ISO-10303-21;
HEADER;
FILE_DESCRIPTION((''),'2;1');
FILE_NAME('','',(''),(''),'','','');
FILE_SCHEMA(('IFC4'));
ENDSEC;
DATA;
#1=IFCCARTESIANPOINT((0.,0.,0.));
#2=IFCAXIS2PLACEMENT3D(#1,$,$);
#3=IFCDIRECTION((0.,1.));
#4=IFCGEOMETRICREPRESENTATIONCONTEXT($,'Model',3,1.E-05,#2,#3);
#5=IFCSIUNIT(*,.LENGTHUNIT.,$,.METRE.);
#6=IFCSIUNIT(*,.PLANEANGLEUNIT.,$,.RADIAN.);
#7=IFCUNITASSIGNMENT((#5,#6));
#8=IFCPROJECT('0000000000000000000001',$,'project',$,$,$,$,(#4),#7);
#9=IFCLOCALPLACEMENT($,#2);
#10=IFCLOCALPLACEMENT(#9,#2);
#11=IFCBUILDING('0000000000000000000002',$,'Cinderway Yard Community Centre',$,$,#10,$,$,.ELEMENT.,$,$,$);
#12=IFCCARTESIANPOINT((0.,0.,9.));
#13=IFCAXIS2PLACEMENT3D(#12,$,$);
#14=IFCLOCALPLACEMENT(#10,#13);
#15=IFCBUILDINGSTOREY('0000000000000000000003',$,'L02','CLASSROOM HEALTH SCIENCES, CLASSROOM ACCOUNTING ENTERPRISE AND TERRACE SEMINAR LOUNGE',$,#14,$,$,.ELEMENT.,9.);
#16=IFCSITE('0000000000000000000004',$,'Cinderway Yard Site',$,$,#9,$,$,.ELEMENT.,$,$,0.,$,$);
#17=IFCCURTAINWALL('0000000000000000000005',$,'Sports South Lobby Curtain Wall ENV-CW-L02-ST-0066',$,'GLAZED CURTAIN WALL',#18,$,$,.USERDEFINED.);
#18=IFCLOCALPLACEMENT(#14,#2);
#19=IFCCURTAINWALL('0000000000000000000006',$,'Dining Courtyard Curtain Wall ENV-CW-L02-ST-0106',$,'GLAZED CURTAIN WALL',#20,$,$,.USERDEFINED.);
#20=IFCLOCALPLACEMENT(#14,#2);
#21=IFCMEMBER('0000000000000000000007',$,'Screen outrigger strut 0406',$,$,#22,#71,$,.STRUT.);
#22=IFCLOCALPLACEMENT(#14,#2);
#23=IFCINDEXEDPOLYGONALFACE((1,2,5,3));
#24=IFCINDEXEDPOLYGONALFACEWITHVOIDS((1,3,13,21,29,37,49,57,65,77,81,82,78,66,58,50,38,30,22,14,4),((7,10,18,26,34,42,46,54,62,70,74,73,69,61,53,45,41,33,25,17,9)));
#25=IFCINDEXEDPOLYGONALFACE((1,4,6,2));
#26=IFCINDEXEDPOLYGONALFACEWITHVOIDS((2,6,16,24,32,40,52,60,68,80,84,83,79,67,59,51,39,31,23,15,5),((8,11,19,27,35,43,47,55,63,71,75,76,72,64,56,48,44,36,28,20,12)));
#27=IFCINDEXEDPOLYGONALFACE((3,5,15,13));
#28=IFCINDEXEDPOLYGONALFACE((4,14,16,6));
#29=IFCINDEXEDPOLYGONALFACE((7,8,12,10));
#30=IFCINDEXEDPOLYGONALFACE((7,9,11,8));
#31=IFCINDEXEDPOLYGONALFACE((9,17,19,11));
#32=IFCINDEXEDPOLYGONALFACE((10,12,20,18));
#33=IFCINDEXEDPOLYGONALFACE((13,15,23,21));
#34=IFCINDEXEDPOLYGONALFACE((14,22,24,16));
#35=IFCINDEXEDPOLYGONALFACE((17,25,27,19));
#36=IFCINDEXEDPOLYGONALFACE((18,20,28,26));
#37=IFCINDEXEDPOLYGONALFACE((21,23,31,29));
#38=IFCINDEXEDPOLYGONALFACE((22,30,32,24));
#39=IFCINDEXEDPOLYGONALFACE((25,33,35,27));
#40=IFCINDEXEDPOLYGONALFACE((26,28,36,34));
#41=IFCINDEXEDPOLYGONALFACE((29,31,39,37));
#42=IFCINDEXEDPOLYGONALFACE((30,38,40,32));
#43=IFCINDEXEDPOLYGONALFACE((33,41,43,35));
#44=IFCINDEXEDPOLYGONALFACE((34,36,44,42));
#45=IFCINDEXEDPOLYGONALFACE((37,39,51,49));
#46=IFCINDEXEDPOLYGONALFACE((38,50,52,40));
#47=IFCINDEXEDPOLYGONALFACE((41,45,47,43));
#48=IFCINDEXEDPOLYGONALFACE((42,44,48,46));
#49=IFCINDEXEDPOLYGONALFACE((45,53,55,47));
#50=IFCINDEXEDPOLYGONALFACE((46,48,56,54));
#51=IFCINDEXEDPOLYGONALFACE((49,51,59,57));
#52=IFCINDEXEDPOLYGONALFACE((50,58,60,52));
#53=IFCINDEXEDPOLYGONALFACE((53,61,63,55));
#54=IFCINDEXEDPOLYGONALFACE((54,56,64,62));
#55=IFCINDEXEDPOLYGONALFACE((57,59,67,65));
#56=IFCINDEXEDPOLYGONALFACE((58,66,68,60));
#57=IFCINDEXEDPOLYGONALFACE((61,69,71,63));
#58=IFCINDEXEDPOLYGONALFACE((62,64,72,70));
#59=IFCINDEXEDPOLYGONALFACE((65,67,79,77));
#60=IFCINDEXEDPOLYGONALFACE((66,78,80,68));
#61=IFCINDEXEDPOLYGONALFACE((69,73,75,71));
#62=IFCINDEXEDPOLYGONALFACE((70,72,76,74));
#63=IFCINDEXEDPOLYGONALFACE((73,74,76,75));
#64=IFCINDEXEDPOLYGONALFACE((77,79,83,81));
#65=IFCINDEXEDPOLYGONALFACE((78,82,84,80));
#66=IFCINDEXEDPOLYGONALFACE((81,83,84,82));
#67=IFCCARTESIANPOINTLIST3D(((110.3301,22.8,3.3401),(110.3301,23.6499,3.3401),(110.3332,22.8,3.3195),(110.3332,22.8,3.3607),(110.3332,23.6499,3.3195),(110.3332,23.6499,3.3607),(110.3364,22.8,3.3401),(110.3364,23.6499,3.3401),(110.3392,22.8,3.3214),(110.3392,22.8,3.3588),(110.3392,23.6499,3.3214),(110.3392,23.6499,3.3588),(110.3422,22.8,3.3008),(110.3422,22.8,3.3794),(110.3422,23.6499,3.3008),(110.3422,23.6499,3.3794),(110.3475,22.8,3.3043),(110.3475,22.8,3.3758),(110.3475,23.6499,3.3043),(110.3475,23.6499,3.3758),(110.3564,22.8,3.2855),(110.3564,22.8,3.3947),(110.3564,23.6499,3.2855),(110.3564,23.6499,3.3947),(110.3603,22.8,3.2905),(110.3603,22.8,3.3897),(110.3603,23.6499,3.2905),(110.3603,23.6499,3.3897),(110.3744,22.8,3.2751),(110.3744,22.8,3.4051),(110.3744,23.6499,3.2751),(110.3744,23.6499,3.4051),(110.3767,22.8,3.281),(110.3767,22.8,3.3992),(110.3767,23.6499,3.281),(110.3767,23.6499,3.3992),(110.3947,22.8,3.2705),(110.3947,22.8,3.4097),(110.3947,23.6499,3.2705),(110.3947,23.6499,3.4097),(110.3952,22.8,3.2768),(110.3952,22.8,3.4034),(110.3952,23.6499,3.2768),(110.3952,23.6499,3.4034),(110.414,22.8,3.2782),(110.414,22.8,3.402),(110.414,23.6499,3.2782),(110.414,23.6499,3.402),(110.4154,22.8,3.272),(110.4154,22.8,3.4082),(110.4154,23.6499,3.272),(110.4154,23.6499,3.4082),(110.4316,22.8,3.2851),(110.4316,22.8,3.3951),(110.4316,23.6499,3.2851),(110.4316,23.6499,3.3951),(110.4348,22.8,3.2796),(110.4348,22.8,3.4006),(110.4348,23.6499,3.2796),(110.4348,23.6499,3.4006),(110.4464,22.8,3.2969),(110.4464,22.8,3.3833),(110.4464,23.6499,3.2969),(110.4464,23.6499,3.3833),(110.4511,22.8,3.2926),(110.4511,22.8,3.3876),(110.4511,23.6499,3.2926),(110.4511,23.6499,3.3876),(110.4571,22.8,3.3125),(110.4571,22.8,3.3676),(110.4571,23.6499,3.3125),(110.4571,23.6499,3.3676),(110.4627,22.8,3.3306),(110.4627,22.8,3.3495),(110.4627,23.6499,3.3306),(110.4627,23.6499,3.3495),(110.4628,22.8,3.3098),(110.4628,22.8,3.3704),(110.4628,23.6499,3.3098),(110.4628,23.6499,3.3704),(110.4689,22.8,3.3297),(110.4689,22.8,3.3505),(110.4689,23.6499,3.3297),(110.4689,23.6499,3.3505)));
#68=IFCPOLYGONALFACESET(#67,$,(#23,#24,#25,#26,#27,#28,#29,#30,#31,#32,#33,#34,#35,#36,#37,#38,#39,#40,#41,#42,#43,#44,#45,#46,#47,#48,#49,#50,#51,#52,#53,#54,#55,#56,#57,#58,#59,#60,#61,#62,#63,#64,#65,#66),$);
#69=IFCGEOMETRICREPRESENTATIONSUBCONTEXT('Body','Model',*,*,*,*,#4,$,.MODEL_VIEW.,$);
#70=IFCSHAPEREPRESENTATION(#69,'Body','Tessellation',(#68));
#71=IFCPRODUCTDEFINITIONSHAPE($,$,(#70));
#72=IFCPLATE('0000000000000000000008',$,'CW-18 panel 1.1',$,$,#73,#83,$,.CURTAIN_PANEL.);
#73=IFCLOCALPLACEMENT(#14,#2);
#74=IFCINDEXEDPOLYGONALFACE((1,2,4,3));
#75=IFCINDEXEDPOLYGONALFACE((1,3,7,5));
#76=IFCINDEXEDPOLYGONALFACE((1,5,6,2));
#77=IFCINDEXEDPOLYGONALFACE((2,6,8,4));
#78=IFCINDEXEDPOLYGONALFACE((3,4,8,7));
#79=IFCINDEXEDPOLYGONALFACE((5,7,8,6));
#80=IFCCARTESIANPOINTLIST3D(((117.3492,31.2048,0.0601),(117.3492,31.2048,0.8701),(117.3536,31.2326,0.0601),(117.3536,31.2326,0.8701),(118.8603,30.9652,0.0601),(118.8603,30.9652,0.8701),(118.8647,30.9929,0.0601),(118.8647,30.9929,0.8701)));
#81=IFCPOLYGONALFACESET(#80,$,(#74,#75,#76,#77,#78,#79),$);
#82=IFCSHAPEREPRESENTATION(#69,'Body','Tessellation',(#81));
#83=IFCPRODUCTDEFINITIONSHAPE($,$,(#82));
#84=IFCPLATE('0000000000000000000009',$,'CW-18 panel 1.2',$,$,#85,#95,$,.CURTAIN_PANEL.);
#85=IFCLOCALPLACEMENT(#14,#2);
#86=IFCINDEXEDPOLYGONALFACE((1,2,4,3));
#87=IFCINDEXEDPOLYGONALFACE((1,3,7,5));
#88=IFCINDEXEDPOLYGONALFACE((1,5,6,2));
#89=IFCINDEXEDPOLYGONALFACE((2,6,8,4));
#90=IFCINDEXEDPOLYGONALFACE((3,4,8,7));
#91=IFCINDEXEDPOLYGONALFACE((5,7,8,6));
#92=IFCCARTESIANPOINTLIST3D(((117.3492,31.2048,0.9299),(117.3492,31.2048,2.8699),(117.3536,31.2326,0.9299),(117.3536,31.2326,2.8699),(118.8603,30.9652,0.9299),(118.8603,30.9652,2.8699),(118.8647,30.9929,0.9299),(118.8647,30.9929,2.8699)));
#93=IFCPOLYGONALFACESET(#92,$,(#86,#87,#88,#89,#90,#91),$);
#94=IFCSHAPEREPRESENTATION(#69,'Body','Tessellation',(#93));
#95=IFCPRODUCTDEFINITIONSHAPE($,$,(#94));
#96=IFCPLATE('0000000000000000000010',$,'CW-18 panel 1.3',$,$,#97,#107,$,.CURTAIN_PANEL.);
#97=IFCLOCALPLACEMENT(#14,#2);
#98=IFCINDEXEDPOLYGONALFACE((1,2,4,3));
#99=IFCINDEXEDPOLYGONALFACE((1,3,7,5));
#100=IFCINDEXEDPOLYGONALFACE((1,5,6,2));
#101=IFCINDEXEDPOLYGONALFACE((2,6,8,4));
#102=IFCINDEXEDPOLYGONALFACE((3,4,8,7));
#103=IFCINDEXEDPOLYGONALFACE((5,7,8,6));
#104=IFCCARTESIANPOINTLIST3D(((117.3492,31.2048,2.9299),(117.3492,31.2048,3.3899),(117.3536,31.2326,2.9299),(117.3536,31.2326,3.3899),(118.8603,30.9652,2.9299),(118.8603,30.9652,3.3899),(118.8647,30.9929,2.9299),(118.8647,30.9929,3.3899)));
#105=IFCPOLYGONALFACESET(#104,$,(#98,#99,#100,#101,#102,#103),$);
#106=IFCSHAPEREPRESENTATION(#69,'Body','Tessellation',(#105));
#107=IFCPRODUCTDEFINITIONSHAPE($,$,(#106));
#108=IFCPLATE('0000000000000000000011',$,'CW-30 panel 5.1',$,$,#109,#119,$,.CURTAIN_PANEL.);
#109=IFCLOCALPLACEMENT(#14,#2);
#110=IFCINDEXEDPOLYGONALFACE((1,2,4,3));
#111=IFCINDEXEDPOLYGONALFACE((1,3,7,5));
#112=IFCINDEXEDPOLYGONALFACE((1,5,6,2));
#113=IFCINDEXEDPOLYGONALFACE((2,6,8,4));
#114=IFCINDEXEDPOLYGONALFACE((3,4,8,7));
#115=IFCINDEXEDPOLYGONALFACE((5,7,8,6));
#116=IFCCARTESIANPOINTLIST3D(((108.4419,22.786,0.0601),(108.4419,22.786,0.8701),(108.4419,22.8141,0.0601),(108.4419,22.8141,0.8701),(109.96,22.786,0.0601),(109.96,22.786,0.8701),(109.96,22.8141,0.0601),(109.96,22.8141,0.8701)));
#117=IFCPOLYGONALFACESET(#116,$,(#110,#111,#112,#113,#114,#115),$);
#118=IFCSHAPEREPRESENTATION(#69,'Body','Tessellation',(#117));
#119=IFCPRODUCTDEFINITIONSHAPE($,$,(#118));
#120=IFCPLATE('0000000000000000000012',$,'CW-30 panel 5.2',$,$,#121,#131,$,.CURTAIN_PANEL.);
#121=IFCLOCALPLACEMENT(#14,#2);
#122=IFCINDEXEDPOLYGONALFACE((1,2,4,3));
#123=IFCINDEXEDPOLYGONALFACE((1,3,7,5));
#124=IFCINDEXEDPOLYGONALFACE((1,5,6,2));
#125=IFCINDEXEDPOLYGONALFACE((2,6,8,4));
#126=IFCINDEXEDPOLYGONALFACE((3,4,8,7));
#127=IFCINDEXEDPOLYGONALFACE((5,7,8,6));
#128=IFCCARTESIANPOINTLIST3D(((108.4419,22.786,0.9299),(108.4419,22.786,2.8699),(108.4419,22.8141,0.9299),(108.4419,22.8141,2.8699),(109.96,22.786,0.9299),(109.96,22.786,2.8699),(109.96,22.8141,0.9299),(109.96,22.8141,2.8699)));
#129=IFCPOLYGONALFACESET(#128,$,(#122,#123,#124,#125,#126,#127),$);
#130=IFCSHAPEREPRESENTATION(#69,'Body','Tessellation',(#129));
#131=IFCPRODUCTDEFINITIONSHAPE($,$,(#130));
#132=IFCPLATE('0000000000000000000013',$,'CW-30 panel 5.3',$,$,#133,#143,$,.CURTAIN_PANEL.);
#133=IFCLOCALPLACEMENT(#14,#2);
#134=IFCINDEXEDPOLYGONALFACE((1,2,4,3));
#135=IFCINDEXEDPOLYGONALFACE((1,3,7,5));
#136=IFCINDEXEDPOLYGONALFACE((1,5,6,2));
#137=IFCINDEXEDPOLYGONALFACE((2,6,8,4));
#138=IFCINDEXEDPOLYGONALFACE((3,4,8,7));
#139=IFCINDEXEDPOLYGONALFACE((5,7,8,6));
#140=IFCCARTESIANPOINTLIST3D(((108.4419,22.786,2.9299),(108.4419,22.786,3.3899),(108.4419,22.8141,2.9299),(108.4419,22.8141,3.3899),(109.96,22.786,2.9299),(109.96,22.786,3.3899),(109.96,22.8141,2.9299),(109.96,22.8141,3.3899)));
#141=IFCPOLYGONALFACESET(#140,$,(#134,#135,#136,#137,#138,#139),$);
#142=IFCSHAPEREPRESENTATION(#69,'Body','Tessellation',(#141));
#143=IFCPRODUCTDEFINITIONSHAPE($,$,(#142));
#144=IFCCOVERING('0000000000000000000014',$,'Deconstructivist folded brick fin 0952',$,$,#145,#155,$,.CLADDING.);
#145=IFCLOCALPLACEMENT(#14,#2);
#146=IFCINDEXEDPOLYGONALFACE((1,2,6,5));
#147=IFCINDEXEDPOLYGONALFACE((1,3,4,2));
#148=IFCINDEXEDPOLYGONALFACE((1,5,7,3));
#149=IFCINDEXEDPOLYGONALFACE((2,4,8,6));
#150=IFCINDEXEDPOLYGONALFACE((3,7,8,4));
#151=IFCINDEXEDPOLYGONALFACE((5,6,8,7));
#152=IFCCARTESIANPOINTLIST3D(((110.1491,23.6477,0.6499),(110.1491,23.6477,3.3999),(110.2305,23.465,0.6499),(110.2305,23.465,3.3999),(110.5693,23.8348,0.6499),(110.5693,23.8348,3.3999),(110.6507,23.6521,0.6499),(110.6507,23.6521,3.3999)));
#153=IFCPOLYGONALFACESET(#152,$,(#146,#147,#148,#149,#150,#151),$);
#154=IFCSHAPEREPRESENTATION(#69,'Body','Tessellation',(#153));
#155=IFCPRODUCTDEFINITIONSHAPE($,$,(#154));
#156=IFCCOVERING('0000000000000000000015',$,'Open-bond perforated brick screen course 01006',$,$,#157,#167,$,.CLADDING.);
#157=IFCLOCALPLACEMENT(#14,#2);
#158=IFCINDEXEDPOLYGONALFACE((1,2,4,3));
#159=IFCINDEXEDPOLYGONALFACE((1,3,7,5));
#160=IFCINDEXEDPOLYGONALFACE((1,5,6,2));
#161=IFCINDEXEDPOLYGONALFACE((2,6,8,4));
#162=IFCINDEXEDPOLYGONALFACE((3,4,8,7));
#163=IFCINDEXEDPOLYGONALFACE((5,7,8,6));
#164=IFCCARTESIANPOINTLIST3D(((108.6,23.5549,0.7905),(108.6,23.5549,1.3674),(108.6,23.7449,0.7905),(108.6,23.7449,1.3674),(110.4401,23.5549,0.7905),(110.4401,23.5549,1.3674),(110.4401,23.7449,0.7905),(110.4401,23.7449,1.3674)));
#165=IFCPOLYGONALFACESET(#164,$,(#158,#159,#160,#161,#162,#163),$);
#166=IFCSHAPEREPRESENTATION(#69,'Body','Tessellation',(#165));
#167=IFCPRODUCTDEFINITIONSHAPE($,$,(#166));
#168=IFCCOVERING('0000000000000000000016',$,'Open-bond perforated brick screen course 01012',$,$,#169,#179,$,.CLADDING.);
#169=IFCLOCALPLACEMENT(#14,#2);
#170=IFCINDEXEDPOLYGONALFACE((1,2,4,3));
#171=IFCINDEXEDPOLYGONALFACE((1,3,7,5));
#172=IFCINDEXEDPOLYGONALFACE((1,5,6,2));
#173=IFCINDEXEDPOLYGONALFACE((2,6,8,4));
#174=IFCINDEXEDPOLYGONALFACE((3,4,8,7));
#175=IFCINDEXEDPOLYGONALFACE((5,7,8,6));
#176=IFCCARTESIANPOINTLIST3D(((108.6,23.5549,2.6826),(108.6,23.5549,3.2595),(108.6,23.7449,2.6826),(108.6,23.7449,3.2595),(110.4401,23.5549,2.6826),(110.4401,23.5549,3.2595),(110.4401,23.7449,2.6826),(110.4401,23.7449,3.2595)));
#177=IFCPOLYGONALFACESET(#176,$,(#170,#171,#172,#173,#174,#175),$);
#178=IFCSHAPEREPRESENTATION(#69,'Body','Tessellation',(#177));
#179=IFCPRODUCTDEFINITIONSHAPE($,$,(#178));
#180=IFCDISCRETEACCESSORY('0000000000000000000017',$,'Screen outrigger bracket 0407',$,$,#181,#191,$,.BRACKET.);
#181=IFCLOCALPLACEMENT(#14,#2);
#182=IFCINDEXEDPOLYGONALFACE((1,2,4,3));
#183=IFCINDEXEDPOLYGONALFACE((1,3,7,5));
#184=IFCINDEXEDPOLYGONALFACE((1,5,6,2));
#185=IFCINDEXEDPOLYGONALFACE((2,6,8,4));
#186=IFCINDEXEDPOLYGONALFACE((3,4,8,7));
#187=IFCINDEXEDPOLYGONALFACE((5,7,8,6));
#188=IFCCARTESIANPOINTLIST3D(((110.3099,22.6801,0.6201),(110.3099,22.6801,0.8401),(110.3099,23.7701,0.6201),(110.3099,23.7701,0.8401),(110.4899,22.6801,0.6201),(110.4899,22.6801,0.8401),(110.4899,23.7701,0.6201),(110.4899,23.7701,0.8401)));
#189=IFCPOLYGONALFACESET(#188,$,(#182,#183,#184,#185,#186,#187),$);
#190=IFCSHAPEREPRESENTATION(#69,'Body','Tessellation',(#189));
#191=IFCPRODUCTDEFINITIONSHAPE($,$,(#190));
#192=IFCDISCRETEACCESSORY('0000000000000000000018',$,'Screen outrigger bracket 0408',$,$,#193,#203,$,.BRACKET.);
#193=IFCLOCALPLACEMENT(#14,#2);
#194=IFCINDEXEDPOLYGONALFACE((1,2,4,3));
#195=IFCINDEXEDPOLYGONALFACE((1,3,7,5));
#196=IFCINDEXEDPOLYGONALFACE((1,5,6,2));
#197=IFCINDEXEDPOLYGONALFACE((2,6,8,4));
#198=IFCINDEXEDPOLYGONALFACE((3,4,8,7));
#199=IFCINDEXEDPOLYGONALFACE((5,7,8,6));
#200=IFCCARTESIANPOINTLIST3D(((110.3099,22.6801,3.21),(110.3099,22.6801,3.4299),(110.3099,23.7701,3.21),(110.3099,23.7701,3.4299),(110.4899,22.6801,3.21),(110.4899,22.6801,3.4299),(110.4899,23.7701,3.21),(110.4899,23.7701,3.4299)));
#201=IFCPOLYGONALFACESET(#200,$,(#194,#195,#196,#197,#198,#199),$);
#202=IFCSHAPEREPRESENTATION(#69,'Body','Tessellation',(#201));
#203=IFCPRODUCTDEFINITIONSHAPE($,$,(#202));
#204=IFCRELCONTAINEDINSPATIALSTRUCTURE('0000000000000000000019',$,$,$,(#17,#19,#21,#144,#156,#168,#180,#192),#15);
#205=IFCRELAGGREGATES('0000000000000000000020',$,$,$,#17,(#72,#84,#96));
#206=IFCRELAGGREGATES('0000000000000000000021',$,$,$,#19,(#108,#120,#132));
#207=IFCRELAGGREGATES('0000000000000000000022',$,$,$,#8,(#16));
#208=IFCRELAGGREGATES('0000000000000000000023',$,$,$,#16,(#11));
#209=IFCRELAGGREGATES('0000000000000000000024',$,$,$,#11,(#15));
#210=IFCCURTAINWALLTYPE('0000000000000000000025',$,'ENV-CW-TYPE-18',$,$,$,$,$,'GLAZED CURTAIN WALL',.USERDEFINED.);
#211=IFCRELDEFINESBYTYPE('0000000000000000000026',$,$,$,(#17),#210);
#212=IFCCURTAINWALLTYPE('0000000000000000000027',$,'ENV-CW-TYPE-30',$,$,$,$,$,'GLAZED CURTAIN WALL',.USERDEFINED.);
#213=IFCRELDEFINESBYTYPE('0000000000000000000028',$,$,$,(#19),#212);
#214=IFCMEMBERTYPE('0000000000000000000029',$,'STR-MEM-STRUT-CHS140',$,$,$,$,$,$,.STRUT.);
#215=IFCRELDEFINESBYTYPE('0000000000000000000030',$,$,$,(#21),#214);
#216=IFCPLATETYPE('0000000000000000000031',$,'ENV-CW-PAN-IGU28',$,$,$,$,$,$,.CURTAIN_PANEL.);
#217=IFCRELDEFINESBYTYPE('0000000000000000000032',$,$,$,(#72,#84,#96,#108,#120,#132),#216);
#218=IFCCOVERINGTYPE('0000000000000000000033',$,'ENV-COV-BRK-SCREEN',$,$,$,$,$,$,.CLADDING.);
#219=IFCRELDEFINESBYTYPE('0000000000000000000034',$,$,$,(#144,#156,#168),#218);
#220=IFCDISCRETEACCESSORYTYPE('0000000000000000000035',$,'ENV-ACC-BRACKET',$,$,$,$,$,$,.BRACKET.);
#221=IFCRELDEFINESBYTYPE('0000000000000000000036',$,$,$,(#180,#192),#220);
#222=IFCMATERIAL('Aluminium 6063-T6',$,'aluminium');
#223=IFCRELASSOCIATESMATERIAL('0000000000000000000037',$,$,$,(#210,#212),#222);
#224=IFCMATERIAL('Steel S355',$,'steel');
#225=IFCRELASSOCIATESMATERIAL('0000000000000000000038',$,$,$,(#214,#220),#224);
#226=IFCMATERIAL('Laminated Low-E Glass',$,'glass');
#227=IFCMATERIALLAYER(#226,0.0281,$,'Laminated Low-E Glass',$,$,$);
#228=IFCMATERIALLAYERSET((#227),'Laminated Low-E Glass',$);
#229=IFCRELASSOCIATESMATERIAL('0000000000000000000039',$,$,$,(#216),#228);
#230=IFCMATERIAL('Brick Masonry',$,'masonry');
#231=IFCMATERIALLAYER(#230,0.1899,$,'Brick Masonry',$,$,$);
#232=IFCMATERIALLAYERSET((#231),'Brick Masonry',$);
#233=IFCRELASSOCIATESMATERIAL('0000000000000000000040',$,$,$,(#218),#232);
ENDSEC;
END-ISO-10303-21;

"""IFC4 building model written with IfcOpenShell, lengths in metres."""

from ifc_helpers import new_model, si_unit, direction, frame, origin, origin_2d, place, context, subcontext, project, spatial, rectangle, hollow_circle, extrude, material, layer, layer_set, material_profile, profile_set, type_object, element, aggregate, save


model = new_model("IFC4")

# Units and contexts
model_context = context("Model", 3, precision=1e-05, world=origin(), true_north=direction((0.0, 1.0)))
body_context = subcontext(model_context, "Body", "Model", "MODEL_VIEW")
ifc_project = project(units=[si_unit("LENGTHUNIT", "METRE"), si_unit("PLANEANGLEUNIT", "RADIAN")], contexts=[model_context])

# Site, building, storey
site_placement = place(None, origin())
site = spatial("IfcSite", under=ifc_project, at=site_placement, Name="Cinderway Yard Site", CompositionType="ELEMENT", RefElevation=0.0)
building_placement = place(site_placement, origin())
building = spatial("IfcBuilding", under=site, at=building_placement, Name="Cinderway Yard Community Centre", CompositionType="ELEMENT")
storey_placement = place(building_placement, frame((0.0, 0.0, 9.0)))
storey = spatial("IfcBuildingStorey", under=building, at=storey_placement, Name="L02", Description="CLASSROOM HEALTH SCIENCES, CLASSROOM ACCOUNTING ENTERPRISE AND TERRACE SEMINAR LOUNGE", CompositionType="ELEMENT", Elevation=9.0)

# Curtain wall
ifc_material_1 = material(Name="Aluminium 6063-T6", Category="aluminium")
curtain_wall_type_1 = type_object("IfcCurtainWallType", Name="ENV-CW-TYPE-18", ElementType="GLAZED CURTAIN WALL", PredefinedType="USERDEFINED", material=ifc_material_1)
curtain_wall_1_placement = place(storey_placement, origin())
curtain_wall_1 = element("IfcCurtainWall", 1, at=curtain_wall_1_placement, inside=storey, type_object=curtain_wall_type_1, Name="Sports South Lobby Curtain Wall ENV-CW-L02-ST-0066", ObjectType="GLAZED CURTAIN WALL", PredefinedType="USERDEFINED")

# Curtain wall
curtain_wall_type_2 = type_object("IfcCurtainWallType", Name="ENV-CW-TYPE-30", ElementType="GLAZED CURTAIN WALL", PredefinedType="USERDEFINED", material=ifc_material_1)
curtain_wall_2_placement = place(storey_placement, origin())
curtain_wall_2 = element("IfcCurtainWall", 2, at=curtain_wall_2_placement, inside=storey, type_object=curtain_wall_type_2, Name="Dining Courtyard Curtain Wall ENV-CW-L02-ST-0106", ObjectType="GLAZED CURTAIN WALL", PredefinedType="USERDEFINED")

# Shared definitions
ifc_material_2 = material(Name="Steel S355", Category="steel")

# Member
ifc_material_profile_1 = material_profile(ifc_material_2, hollow_circle(Radius=0.0698, WallThickness=0.0063, at=origin_2d()), Name="Steel S355")
ifc_profile_set_1 = profile_set([ifc_material_profile_1], Name="Steel S355")
member_type_1 = type_object("IfcMemberType", Name="STR-MEM-STRUT-CHS140", PredefinedType="STRUT", material=ifc_profile_set_1)
for number, where, z_axis, x_axis, name in (
    (3, (110.3999, 22.8, 3.3401), (0.0, 1.0, 0.0), (-1.0, 0.0, 0.0), "Screen outrigger strut 0406"),
):
    element("IfcMember", number, at=place(storey_placement, frame(where, z_axis=z_axis, x_axis=x_axis)), inside=storey, type_object=member_type_1, Name=name, PredefinedType="STRUT", context=body_context, shape_type="SweptSolid", body=[
        extrude(hollow_circle(Radius=0.0698, WallThickness=0.0063, at=origin_2d()), origin(), (0.0, 0.0, 1.0), 0.8499),
    ])

# Plates
ifc_material_3 = material(Name="Laminated Low-E Glass", Category="glass")
ifc_layer_1 = layer(ifc_material_3, 0.0281, Name="Laminated Low-E Glass")
ifc_layer_set_1 = layer_set([ifc_layer_1], Name="Laminated Low-E Glass")
plate_type = type_object("IfcPlateType", Name="ENV-CW-PAN-IGU28", PredefinedType="CURTAIN_PANEL", material=ifc_layer_set_1)
plate_1_placement = place(storey_placement, frame((118.1069, 31.0989, 0.0601), z_axis=(0.0, 0.0, 1.0), x_axis=(0.987656, -0.156636, 0.0)))
plate_1 = element("IfcPlate", 4, at=plate_1_placement, type_object=plate_type, Name="CW-18 panel 1.1", PredefinedType="CURTAIN_PANEL", context=body_context, shape_type="SweptSolid", body=[
    extrude(rectangle(XDim=1.53, YDim=0.0281, at=origin_2d()), origin(), (0.0, 0.0, 1.0), 0.8101),
])
plate_2_placement = place(storey_placement, frame((118.1069, 31.0989, 0.9299), z_axis=(0.0, 0.0, 1.0), x_axis=(0.987656, -0.156636, 0.0)))
plate_2 = element("IfcPlate", 5, at=plate_2_placement, type_object=plate_type, Name="CW-18 panel 1.2", PredefinedType="CURTAIN_PANEL", context=body_context, shape_type="SweptSolid", body=[
    extrude(rectangle(XDim=1.53, YDim=0.0281, at=origin_2d()), origin(), (0.0, 0.0, 1.0), 1.9399),
])
plate_3_placement = place(storey_placement, frame((118.1069, 31.0989, 2.9299), z_axis=(0.0, 0.0, 1.0), x_axis=(0.987656, -0.156636, 0.0)))
plate_3 = element("IfcPlate", 6, at=plate_3_placement, type_object=plate_type, Name="CW-18 panel 1.3", PredefinedType="CURTAIN_PANEL", context=body_context, shape_type="SweptSolid", body=[
    extrude(rectangle(XDim=1.53, YDim=0.0281, at=origin_2d()), origin(), (0.0, 0.0, 1.0), 0.46),
])
aggregate(curtain_wall_1, [plate_1, plate_2, plate_3])
plate_4_placement = place(storey_placement, frame((109.2009, 22.8, 0.0601), z_axis=(0.0, 0.0, 1.0), x_axis=(1.0, 0.0, 0.0)))
plate_4 = element("IfcPlate", 7, at=plate_4_placement, type_object=plate_type, Name="CW-30 panel 5.1", PredefinedType="CURTAIN_PANEL", context=body_context, shape_type="SweptSolid", body=[
    extrude(rectangle(XDim=1.5181, YDim=0.0281, at=origin_2d()), origin(), (0.0, 0.0, 1.0), 0.8101),
])
plate_5_placement = place(storey_placement, frame((109.2009, 22.8, 0.9299), z_axis=(0.0, 0.0, 1.0), x_axis=(1.0, 0.0, 0.0)))
plate_5 = element("IfcPlate", 8, at=plate_5_placement, type_object=plate_type, Name="CW-30 panel 5.2", PredefinedType="CURTAIN_PANEL", context=body_context, shape_type="SweptSolid", body=[
    extrude(rectangle(XDim=1.5181, YDim=0.0281, at=origin_2d()), origin(), (0.0, 0.0, 1.0), 1.9399),
])
plate_6_placement = place(storey_placement, frame((109.2009, 22.8, 2.9299), z_axis=(0.0, 0.0, 1.0), x_axis=(1.0, 0.0, 0.0)))
plate_6 = element("IfcPlate", 9, at=plate_6_placement, type_object=plate_type, Name="CW-30 panel 5.3", PredefinedType="CURTAIN_PANEL", context=body_context, shape_type="SweptSolid", body=[
    extrude(rectangle(XDim=1.5181, YDim=0.0281, at=origin_2d()), origin(), (0.0, 0.0, 1.0), 0.46),
])
aggregate(curtain_wall_2, [plate_4, plate_5, plate_6])

# Coverings
ifc_material_4 = material(Name="Brick Masonry", Category="masonry")
ifc_layer_2 = layer(ifc_material_4, 0.1899, Name="Brick Masonry")
ifc_layer_set_2 = layer_set([ifc_layer_2], Name="Brick Masonry")
covering_type = type_object("IfcCoveringType", Name="ENV-COV-BRK-SCREEN", PredefinedType="CLADDING", material=ifc_layer_set_2)
covering_placement = place(storey_placement, frame((110.3999, 23.6499, 0.6499), z_axis=(0.0, 0.0, 1.0), x_axis=(0.913545, 0.406737, 0.0)))
element("IfcCovering", 10, at=covering_placement, inside=storey, type_object=covering_type, Name="Deconstructivist folded brick fin 0952", PredefinedType="CLADDING", context=body_context, shape_type="SweptSolid", body=[
    extrude(rectangle(XDim=0.46, YDim=0.2, at=origin_2d()), origin(), (0.0, 0.0, 1.0), 2.75),
])
for number, where, z_axis, x_axis, name in (
    (11, (109.52, 23.6499, 0.7905), (0.0, 0.0, 1.0), (1.0, 0.0, 0.0), "Open-bond perforated brick screen course 01006"),
    (12, (109.52, 23.6499, 2.6826), (0.0, 0.0, 1.0), (1.0, 0.0, 0.0), "Open-bond perforated brick screen course 01012"),
):
    element("IfcCovering", number, at=place(storey_placement, frame(where, z_axis=z_axis, x_axis=x_axis)), inside=storey, type_object=covering_type, Name=name, PredefinedType="CLADDING", context=body_context, shape_type="SweptSolid", body=[
        extrude(rectangle(XDim=1.8401, YDim=0.1899, at=origin_2d()), origin(), (0.0, 0.0, 1.0), 0.5769),
    ])

# Discrete accessories
discrete_accessory_type = type_object("IfcDiscreteAccessoryType", Name="ENV-ACC-BRACKET", PredefinedType="BRACKET", material=ifc_material_2)
for number, where, z_axis, x_axis, name in (
    (13, (110.3999, 23.2251, 0.6201), (0.0, 0.0, 1.0), (0.0, 1.0, 0.0), "Screen outrigger bracket 0407"),
    (14, (110.3999, 23.2251, 3.21), (0.0, 0.0, 1.0), (0.0, 1.0, 0.0), "Screen outrigger bracket 0408"),
):
    element("IfcDiscreteAccessory", number, at=place(storey_placement, frame(where, z_axis=z_axis, x_axis=x_axis)), inside=storey, type_object=discrete_accessory_type, Name=name, PredefinedType="BRACKET", context=body_context, shape_type="SweptSolid", body=[
        extrude(rectangle(XDim=1.0901, YDim=0.1799, at=origin_2d()), origin(), (0.0, 0.0, 1.0), 0.22),
    ])

save(model, "model.ifc")
